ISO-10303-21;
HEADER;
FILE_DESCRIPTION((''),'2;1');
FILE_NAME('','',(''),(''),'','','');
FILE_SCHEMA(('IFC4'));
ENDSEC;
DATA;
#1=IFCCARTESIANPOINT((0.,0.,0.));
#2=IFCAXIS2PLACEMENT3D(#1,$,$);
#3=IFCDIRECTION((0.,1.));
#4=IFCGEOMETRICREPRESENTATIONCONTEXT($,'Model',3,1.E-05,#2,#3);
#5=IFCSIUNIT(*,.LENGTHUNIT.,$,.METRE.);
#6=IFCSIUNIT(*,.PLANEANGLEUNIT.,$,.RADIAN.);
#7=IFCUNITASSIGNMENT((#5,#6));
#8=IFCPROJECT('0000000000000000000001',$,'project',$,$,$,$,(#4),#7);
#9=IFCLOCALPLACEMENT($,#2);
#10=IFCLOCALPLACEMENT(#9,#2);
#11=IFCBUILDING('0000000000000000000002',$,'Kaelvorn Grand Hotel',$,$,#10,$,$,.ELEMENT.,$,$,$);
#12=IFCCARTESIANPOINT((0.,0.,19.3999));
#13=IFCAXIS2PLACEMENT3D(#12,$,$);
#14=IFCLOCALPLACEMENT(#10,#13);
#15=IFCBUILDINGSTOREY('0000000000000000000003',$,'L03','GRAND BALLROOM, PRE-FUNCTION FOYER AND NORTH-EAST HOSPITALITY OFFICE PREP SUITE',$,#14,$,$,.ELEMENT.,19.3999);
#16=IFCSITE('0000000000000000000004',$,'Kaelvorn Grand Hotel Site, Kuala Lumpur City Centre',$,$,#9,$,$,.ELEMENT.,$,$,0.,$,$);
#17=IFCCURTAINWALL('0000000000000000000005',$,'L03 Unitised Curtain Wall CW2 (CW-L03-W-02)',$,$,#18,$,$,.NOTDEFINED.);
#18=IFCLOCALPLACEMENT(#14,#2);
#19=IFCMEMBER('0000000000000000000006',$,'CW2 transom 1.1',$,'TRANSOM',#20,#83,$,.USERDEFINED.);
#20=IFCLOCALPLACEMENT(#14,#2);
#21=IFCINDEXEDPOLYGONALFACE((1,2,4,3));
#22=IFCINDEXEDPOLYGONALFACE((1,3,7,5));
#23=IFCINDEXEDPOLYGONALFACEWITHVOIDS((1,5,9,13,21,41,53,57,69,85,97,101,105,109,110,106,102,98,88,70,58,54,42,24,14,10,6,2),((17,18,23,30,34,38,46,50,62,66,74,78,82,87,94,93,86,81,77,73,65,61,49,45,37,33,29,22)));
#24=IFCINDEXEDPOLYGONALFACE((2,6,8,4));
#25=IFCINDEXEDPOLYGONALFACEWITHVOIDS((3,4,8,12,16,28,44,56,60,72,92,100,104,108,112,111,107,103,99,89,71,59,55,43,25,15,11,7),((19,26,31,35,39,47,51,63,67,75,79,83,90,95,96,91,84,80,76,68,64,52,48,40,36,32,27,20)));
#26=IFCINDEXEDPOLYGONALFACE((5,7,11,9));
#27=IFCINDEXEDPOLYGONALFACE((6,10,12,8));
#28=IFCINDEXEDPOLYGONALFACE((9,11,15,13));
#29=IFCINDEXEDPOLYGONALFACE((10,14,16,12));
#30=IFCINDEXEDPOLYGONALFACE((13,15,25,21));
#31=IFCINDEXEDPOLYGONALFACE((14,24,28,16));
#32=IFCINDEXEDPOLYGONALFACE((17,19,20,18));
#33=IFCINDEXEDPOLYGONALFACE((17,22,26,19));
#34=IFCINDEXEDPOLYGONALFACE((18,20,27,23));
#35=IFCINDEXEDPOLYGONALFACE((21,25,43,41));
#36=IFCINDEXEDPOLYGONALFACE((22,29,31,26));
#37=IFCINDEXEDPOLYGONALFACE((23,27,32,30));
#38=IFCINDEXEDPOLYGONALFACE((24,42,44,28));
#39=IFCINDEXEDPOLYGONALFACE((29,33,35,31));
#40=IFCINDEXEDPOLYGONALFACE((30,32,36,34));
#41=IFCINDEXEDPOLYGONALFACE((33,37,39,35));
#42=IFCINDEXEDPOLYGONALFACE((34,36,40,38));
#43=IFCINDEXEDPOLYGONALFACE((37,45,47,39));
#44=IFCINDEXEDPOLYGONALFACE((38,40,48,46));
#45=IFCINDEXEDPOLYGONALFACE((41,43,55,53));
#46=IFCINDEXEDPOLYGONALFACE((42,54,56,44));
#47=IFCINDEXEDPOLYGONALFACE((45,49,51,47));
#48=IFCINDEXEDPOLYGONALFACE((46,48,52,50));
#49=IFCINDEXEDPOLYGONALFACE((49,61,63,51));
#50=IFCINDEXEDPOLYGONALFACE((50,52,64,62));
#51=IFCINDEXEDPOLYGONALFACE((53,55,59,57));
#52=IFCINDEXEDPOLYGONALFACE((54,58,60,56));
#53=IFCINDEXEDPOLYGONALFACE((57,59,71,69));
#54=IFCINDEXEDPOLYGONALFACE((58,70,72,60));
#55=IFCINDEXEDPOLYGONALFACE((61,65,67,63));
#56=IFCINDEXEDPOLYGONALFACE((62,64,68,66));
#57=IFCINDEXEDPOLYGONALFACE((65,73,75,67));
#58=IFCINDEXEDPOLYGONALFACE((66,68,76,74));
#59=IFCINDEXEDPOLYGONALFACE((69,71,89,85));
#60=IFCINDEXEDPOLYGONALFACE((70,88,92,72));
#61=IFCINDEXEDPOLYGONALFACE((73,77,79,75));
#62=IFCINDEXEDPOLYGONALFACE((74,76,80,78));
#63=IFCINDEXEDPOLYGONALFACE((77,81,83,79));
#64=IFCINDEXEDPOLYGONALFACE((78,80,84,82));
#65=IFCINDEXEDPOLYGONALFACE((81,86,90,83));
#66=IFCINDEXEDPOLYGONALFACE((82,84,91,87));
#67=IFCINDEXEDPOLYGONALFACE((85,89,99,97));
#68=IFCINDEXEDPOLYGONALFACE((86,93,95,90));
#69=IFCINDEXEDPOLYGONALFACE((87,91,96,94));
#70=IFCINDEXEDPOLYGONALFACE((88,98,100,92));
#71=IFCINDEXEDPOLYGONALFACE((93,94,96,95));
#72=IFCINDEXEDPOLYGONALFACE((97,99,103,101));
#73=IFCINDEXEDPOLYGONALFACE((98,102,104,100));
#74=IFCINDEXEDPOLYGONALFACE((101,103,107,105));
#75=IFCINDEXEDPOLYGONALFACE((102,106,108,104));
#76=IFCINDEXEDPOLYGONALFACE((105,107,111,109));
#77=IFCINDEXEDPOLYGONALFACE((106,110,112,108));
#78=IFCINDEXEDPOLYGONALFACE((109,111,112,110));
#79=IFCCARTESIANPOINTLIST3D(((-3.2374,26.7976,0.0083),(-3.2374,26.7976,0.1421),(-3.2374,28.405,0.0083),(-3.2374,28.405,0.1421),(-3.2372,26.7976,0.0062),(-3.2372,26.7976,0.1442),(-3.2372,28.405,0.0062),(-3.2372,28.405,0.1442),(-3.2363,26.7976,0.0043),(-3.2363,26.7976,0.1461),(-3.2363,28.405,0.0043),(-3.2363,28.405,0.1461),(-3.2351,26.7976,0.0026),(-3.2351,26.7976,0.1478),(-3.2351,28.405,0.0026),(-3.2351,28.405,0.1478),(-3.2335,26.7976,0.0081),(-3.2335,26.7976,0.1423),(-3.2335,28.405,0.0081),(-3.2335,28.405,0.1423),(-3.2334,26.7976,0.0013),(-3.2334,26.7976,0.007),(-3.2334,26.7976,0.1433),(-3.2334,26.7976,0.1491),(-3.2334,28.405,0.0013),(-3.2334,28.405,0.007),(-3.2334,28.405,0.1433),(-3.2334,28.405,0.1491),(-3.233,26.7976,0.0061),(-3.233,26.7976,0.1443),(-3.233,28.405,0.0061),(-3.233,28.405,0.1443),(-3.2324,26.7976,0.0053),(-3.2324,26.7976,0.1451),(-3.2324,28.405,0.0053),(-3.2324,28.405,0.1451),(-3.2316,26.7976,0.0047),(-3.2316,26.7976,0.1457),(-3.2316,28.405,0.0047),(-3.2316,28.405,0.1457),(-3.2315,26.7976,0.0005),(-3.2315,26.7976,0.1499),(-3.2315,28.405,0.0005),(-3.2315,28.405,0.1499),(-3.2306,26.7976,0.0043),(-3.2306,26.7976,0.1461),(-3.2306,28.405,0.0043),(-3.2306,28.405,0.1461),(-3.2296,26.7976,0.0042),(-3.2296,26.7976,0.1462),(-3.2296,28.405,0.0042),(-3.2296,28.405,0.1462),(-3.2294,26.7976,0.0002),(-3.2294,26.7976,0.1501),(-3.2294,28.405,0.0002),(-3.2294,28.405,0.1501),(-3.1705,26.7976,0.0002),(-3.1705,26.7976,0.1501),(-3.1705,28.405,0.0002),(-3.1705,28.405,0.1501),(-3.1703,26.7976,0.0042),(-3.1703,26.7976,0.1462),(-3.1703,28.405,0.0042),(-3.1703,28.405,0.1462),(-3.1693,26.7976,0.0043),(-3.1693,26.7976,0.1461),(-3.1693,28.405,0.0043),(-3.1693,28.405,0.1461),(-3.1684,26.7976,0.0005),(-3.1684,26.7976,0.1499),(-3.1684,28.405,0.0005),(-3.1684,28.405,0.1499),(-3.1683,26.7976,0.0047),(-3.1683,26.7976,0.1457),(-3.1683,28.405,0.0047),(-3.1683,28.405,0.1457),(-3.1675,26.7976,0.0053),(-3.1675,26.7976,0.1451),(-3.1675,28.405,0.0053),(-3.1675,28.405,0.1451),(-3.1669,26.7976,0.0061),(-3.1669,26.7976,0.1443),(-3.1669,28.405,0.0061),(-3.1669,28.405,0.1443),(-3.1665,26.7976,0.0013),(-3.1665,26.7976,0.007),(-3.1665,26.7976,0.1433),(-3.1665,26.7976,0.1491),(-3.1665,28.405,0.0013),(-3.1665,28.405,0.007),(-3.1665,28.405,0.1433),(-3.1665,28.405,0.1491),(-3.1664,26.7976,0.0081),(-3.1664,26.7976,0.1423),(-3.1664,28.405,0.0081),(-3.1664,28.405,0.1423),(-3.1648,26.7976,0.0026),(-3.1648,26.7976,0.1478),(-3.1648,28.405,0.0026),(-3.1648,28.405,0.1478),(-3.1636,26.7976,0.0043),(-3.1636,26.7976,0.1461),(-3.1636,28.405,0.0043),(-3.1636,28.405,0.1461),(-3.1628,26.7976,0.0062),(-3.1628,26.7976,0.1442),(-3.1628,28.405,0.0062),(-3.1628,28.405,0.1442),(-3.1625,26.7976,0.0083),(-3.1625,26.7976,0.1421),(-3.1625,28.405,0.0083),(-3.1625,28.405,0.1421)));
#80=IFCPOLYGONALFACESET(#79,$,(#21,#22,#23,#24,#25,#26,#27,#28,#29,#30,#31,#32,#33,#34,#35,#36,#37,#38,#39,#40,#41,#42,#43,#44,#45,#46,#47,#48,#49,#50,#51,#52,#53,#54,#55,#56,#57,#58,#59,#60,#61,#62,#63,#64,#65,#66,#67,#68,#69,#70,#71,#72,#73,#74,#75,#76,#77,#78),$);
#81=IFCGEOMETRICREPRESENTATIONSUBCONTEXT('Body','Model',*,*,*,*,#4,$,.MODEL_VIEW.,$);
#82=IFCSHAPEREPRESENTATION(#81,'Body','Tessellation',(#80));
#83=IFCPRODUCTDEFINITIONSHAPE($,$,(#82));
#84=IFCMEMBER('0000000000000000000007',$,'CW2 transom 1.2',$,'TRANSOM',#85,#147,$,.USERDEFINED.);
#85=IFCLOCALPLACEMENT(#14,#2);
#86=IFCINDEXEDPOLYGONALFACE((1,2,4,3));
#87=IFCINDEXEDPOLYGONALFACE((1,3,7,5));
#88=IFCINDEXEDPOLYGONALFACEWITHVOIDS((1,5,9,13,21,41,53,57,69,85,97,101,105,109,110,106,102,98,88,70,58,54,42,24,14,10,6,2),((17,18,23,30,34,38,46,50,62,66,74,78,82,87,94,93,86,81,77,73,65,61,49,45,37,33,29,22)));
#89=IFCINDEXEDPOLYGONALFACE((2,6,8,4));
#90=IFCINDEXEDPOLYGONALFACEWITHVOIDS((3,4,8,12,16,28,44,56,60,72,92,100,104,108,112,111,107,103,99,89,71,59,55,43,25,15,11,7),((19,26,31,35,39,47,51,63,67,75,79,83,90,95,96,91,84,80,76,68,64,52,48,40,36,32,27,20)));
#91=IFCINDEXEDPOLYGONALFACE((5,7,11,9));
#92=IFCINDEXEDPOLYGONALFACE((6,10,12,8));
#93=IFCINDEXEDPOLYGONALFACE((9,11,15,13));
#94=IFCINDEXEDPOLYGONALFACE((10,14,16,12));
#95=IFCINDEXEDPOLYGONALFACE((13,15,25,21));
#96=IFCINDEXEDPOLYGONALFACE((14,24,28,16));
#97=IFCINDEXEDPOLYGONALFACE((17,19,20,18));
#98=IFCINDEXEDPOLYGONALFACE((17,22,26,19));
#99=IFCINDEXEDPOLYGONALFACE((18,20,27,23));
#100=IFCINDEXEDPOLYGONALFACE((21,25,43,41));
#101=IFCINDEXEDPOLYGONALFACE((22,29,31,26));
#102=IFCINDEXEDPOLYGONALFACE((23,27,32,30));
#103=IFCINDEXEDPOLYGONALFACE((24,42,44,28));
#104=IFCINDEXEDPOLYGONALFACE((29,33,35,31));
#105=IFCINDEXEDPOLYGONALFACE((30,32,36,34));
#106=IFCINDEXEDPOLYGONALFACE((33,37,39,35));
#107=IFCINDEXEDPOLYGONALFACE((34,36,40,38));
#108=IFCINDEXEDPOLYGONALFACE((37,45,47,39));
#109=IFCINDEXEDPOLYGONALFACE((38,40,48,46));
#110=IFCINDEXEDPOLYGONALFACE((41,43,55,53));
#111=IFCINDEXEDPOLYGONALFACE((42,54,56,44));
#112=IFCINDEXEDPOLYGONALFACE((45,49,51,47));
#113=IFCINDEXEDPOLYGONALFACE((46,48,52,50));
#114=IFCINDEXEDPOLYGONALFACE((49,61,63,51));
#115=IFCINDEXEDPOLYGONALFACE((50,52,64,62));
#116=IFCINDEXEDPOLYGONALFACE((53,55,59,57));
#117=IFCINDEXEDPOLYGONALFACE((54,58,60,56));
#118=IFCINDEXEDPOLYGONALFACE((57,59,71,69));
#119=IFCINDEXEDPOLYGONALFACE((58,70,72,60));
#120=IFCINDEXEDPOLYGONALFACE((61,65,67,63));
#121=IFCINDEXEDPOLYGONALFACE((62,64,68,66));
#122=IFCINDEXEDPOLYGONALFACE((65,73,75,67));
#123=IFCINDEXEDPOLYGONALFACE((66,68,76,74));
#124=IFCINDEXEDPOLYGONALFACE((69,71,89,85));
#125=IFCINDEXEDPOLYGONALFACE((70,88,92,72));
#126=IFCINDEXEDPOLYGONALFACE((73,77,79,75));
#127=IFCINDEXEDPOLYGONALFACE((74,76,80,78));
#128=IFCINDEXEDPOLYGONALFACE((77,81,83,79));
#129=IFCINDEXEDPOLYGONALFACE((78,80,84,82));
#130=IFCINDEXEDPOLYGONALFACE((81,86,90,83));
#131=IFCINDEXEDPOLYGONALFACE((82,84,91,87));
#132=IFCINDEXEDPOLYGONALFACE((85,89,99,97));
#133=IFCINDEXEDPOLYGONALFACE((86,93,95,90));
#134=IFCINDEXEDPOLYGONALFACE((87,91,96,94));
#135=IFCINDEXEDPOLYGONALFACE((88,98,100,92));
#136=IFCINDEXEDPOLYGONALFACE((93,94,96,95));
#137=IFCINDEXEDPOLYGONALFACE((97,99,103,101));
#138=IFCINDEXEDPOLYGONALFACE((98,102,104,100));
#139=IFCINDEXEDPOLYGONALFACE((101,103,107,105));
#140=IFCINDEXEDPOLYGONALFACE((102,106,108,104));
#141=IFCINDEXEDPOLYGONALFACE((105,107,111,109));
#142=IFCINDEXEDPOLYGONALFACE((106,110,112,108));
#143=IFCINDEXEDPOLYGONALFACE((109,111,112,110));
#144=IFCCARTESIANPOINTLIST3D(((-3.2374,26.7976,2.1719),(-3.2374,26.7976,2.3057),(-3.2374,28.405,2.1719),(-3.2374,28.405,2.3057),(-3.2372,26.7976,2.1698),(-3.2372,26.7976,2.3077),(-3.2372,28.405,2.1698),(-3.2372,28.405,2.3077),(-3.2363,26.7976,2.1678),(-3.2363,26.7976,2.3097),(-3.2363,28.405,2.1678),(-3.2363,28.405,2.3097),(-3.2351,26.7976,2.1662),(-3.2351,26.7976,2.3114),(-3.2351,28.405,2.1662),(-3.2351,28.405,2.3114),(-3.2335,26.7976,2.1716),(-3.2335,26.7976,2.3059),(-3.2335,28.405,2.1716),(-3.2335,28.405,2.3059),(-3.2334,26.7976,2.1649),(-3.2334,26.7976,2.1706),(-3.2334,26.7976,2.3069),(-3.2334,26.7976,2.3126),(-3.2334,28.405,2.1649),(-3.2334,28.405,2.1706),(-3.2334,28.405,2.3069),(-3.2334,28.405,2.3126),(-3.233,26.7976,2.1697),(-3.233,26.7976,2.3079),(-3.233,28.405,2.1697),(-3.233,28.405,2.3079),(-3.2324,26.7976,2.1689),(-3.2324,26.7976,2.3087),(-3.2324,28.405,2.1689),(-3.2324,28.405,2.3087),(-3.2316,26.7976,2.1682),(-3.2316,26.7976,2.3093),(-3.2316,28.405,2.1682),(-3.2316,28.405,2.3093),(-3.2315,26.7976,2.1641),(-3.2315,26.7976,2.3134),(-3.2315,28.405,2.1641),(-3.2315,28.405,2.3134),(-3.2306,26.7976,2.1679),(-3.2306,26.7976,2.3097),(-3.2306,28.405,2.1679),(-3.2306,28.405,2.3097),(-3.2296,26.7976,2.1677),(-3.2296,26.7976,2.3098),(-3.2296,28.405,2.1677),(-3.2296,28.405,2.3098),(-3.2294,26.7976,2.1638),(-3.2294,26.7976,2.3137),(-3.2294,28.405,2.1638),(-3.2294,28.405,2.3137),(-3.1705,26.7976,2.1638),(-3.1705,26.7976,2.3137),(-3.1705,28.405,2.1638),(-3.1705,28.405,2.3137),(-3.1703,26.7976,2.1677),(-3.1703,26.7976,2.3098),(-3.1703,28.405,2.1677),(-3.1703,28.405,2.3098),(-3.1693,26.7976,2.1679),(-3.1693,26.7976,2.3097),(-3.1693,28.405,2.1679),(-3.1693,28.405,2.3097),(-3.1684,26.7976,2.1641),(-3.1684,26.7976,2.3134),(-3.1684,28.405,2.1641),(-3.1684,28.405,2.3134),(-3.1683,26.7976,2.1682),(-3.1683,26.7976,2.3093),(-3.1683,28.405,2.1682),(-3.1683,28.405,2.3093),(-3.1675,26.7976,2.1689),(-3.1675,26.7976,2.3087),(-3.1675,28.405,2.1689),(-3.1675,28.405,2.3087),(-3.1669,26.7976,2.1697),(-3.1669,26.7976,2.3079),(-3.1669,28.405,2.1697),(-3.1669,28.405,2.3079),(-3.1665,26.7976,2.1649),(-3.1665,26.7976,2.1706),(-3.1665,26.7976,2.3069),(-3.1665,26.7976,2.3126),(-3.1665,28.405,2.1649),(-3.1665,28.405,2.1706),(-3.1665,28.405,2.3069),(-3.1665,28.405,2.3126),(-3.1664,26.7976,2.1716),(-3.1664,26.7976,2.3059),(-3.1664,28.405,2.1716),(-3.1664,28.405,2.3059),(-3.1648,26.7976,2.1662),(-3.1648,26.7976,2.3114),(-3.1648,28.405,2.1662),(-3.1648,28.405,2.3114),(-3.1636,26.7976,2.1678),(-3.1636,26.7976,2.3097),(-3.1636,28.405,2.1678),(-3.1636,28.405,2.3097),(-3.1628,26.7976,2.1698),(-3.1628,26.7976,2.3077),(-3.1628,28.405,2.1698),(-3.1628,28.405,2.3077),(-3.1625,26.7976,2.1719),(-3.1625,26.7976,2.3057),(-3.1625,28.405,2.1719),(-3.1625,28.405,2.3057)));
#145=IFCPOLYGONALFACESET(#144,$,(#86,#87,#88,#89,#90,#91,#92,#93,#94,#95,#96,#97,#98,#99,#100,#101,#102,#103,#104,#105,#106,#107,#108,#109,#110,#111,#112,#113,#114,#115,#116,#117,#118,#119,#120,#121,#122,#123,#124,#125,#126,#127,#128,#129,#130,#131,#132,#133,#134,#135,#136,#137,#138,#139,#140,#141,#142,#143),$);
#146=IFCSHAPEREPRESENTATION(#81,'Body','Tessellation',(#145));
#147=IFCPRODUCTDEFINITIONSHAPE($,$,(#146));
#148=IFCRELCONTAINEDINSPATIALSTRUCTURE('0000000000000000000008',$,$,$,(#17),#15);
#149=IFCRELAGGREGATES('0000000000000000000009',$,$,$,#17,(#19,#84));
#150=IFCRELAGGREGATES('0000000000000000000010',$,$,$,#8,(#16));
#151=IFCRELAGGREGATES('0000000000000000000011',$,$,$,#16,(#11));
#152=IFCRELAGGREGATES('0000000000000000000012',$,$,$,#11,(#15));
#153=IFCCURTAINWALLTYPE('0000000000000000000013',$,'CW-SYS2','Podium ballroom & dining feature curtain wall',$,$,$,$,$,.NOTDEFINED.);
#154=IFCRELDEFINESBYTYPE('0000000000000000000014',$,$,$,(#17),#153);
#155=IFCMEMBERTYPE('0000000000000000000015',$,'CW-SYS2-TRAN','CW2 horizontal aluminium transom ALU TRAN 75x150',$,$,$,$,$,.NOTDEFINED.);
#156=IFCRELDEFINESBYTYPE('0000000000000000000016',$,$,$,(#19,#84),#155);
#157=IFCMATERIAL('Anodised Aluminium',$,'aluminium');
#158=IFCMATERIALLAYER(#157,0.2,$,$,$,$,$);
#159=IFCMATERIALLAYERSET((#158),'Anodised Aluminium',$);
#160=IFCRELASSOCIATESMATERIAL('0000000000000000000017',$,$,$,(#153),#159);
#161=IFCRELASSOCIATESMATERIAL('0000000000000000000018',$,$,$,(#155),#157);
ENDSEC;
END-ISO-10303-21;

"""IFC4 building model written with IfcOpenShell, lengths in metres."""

from ifc_helpers import new_model, si_unit, direction, frame, origin, origin_2d, place, context, subcontext, project, spatial, hollow_rectangle, extrude, material, layer, layer_set, material_profile, profile_set, type_object, element, aggregate, save


model = new_model("IFC4")

# Units and contexts
model_context = context("Model", 3, precision=1e-05, world=origin(), true_north=direction((0.0, 1.0)))
body_context = subcontext(model_context, "Body", "Model", "MODEL_VIEW")
ifc_project = project(units=[si_unit("LENGTHUNIT", "METRE"), si_unit("PLANEANGLEUNIT", "RADIAN")], contexts=[model_context])

# Site, building, storey
site_placement = place(None, origin())
site = spatial("IfcSite", under=ifc_project, at=site_placement, Name="Kaelvorn Grand Hotel Site, Kuala Lumpur City Centre", CompositionType="ELEMENT", RefElevation=0.0)
building_placement = place(site_placement, origin())
building = spatial("IfcBuilding", under=site, at=building_placement, Name="Kaelvorn Grand Hotel", CompositionType="ELEMENT")
storey_placement = place(building_placement, frame((0.0, 0.0, 19.3999)))
storey = spatial("IfcBuildingStorey", under=building, at=storey_placement, Name="L03", Description="GRAND BALLROOM, PRE-FUNCTION FOYER AND NORTH-EAST HOSPITALITY OFFICE PREP SUITE", CompositionType="ELEMENT", Elevation=19.3999)

# Curtain wall, members
ifc_material_1 = material(Name="Anodised Aluminium", Category="aluminium")
ifc_layer_1 = layer(ifc_material_1, 0.2)
ifc_layer_set_1 = layer_set([ifc_layer_1], Name="Anodised Aluminium")
curtain_wall_type = type_object("IfcCurtainWallType", Name="CW-SYS2", Description="Podium ballroom & dining feature curtain wall", PredefinedType="NOTDEFINED", material=ifc_layer_set_1)
curtain_wall_placement = place(storey_placement, origin())
curtain_wall = element("IfcCurtainWall", 1, at=curtain_wall_placement, inside=storey, type_object=curtain_wall_type, Name="L03 Unitised Curtain Wall CW2 (CW-L03-W-02)", PredefinedType="NOTDEFINED")
ifc_material_profile_1 = material_profile(ifc_material_1, hollow_rectangle(XDim=0.075, YDim=0.1499, WallThickness=0.0039, InnerFilletRadius=0.0039, OuterFilletRadius=0.0081, at=origin_2d()), Name="ALU TRAN 75x150")
ifc_profile_set_1 = profile_set([ifc_material_profile_1], Name="Anodised Aluminium")
member_type_1 = type_object("IfcMemberType", Name="CW-SYS2-TRAN", Description="CW2 horizontal aluminium transom ALU TRAN 75x150", PredefinedType="NOTDEFINED", material=ifc_profile_set_1)
member_1_placement = place(storey_placement, frame((-3.2, 28.405, 0.0752), z_axis=(0.0, -1.0, 0.0), x_axis=(1.0, 0.0, 0.0)))
member_1 = element("IfcMember", 2, at=member_1_placement, type_object=member_type_1, Name="CW2 transom 1.1", ObjectType="TRANSOM", PredefinedType="USERDEFINED", context=body_context, shape_type="SweptSolid", body=[
    extrude(hollow_rectangle(XDim=0.075, YDim=0.1499, WallThickness=0.0039, InnerFilletRadius=0.0039, OuterFilletRadius=0.0081, at=origin_2d()), origin(), (0.0, 0.0, 1.0), 1.6074),
])
member_2_placement = place(storey_placement, frame((-3.2, 28.405, 2.2388), z_axis=(0.0, -1.0, 0.0), x_axis=(1.0, 0.0, 0.0)))
member_2 = element("IfcMember", 3, at=member_2_placement, type_object=member_type_1, Name="CW2 transom 1.2", ObjectType="TRANSOM", PredefinedType="USERDEFINED", context=body_context, shape_type="SweptSolid", body=[
    extrude(hollow_rectangle(XDim=0.075, YDim=0.1499, WallThickness=0.0039, InnerFilletRadius=0.0039, OuterFilletRadius=0.0081, at=origin_2d()), origin(), (0.0, 0.0, 1.0), 1.6074),
])
aggregate(curtain_wall, [member_1, member_2])

save(model, "model.ifc")
